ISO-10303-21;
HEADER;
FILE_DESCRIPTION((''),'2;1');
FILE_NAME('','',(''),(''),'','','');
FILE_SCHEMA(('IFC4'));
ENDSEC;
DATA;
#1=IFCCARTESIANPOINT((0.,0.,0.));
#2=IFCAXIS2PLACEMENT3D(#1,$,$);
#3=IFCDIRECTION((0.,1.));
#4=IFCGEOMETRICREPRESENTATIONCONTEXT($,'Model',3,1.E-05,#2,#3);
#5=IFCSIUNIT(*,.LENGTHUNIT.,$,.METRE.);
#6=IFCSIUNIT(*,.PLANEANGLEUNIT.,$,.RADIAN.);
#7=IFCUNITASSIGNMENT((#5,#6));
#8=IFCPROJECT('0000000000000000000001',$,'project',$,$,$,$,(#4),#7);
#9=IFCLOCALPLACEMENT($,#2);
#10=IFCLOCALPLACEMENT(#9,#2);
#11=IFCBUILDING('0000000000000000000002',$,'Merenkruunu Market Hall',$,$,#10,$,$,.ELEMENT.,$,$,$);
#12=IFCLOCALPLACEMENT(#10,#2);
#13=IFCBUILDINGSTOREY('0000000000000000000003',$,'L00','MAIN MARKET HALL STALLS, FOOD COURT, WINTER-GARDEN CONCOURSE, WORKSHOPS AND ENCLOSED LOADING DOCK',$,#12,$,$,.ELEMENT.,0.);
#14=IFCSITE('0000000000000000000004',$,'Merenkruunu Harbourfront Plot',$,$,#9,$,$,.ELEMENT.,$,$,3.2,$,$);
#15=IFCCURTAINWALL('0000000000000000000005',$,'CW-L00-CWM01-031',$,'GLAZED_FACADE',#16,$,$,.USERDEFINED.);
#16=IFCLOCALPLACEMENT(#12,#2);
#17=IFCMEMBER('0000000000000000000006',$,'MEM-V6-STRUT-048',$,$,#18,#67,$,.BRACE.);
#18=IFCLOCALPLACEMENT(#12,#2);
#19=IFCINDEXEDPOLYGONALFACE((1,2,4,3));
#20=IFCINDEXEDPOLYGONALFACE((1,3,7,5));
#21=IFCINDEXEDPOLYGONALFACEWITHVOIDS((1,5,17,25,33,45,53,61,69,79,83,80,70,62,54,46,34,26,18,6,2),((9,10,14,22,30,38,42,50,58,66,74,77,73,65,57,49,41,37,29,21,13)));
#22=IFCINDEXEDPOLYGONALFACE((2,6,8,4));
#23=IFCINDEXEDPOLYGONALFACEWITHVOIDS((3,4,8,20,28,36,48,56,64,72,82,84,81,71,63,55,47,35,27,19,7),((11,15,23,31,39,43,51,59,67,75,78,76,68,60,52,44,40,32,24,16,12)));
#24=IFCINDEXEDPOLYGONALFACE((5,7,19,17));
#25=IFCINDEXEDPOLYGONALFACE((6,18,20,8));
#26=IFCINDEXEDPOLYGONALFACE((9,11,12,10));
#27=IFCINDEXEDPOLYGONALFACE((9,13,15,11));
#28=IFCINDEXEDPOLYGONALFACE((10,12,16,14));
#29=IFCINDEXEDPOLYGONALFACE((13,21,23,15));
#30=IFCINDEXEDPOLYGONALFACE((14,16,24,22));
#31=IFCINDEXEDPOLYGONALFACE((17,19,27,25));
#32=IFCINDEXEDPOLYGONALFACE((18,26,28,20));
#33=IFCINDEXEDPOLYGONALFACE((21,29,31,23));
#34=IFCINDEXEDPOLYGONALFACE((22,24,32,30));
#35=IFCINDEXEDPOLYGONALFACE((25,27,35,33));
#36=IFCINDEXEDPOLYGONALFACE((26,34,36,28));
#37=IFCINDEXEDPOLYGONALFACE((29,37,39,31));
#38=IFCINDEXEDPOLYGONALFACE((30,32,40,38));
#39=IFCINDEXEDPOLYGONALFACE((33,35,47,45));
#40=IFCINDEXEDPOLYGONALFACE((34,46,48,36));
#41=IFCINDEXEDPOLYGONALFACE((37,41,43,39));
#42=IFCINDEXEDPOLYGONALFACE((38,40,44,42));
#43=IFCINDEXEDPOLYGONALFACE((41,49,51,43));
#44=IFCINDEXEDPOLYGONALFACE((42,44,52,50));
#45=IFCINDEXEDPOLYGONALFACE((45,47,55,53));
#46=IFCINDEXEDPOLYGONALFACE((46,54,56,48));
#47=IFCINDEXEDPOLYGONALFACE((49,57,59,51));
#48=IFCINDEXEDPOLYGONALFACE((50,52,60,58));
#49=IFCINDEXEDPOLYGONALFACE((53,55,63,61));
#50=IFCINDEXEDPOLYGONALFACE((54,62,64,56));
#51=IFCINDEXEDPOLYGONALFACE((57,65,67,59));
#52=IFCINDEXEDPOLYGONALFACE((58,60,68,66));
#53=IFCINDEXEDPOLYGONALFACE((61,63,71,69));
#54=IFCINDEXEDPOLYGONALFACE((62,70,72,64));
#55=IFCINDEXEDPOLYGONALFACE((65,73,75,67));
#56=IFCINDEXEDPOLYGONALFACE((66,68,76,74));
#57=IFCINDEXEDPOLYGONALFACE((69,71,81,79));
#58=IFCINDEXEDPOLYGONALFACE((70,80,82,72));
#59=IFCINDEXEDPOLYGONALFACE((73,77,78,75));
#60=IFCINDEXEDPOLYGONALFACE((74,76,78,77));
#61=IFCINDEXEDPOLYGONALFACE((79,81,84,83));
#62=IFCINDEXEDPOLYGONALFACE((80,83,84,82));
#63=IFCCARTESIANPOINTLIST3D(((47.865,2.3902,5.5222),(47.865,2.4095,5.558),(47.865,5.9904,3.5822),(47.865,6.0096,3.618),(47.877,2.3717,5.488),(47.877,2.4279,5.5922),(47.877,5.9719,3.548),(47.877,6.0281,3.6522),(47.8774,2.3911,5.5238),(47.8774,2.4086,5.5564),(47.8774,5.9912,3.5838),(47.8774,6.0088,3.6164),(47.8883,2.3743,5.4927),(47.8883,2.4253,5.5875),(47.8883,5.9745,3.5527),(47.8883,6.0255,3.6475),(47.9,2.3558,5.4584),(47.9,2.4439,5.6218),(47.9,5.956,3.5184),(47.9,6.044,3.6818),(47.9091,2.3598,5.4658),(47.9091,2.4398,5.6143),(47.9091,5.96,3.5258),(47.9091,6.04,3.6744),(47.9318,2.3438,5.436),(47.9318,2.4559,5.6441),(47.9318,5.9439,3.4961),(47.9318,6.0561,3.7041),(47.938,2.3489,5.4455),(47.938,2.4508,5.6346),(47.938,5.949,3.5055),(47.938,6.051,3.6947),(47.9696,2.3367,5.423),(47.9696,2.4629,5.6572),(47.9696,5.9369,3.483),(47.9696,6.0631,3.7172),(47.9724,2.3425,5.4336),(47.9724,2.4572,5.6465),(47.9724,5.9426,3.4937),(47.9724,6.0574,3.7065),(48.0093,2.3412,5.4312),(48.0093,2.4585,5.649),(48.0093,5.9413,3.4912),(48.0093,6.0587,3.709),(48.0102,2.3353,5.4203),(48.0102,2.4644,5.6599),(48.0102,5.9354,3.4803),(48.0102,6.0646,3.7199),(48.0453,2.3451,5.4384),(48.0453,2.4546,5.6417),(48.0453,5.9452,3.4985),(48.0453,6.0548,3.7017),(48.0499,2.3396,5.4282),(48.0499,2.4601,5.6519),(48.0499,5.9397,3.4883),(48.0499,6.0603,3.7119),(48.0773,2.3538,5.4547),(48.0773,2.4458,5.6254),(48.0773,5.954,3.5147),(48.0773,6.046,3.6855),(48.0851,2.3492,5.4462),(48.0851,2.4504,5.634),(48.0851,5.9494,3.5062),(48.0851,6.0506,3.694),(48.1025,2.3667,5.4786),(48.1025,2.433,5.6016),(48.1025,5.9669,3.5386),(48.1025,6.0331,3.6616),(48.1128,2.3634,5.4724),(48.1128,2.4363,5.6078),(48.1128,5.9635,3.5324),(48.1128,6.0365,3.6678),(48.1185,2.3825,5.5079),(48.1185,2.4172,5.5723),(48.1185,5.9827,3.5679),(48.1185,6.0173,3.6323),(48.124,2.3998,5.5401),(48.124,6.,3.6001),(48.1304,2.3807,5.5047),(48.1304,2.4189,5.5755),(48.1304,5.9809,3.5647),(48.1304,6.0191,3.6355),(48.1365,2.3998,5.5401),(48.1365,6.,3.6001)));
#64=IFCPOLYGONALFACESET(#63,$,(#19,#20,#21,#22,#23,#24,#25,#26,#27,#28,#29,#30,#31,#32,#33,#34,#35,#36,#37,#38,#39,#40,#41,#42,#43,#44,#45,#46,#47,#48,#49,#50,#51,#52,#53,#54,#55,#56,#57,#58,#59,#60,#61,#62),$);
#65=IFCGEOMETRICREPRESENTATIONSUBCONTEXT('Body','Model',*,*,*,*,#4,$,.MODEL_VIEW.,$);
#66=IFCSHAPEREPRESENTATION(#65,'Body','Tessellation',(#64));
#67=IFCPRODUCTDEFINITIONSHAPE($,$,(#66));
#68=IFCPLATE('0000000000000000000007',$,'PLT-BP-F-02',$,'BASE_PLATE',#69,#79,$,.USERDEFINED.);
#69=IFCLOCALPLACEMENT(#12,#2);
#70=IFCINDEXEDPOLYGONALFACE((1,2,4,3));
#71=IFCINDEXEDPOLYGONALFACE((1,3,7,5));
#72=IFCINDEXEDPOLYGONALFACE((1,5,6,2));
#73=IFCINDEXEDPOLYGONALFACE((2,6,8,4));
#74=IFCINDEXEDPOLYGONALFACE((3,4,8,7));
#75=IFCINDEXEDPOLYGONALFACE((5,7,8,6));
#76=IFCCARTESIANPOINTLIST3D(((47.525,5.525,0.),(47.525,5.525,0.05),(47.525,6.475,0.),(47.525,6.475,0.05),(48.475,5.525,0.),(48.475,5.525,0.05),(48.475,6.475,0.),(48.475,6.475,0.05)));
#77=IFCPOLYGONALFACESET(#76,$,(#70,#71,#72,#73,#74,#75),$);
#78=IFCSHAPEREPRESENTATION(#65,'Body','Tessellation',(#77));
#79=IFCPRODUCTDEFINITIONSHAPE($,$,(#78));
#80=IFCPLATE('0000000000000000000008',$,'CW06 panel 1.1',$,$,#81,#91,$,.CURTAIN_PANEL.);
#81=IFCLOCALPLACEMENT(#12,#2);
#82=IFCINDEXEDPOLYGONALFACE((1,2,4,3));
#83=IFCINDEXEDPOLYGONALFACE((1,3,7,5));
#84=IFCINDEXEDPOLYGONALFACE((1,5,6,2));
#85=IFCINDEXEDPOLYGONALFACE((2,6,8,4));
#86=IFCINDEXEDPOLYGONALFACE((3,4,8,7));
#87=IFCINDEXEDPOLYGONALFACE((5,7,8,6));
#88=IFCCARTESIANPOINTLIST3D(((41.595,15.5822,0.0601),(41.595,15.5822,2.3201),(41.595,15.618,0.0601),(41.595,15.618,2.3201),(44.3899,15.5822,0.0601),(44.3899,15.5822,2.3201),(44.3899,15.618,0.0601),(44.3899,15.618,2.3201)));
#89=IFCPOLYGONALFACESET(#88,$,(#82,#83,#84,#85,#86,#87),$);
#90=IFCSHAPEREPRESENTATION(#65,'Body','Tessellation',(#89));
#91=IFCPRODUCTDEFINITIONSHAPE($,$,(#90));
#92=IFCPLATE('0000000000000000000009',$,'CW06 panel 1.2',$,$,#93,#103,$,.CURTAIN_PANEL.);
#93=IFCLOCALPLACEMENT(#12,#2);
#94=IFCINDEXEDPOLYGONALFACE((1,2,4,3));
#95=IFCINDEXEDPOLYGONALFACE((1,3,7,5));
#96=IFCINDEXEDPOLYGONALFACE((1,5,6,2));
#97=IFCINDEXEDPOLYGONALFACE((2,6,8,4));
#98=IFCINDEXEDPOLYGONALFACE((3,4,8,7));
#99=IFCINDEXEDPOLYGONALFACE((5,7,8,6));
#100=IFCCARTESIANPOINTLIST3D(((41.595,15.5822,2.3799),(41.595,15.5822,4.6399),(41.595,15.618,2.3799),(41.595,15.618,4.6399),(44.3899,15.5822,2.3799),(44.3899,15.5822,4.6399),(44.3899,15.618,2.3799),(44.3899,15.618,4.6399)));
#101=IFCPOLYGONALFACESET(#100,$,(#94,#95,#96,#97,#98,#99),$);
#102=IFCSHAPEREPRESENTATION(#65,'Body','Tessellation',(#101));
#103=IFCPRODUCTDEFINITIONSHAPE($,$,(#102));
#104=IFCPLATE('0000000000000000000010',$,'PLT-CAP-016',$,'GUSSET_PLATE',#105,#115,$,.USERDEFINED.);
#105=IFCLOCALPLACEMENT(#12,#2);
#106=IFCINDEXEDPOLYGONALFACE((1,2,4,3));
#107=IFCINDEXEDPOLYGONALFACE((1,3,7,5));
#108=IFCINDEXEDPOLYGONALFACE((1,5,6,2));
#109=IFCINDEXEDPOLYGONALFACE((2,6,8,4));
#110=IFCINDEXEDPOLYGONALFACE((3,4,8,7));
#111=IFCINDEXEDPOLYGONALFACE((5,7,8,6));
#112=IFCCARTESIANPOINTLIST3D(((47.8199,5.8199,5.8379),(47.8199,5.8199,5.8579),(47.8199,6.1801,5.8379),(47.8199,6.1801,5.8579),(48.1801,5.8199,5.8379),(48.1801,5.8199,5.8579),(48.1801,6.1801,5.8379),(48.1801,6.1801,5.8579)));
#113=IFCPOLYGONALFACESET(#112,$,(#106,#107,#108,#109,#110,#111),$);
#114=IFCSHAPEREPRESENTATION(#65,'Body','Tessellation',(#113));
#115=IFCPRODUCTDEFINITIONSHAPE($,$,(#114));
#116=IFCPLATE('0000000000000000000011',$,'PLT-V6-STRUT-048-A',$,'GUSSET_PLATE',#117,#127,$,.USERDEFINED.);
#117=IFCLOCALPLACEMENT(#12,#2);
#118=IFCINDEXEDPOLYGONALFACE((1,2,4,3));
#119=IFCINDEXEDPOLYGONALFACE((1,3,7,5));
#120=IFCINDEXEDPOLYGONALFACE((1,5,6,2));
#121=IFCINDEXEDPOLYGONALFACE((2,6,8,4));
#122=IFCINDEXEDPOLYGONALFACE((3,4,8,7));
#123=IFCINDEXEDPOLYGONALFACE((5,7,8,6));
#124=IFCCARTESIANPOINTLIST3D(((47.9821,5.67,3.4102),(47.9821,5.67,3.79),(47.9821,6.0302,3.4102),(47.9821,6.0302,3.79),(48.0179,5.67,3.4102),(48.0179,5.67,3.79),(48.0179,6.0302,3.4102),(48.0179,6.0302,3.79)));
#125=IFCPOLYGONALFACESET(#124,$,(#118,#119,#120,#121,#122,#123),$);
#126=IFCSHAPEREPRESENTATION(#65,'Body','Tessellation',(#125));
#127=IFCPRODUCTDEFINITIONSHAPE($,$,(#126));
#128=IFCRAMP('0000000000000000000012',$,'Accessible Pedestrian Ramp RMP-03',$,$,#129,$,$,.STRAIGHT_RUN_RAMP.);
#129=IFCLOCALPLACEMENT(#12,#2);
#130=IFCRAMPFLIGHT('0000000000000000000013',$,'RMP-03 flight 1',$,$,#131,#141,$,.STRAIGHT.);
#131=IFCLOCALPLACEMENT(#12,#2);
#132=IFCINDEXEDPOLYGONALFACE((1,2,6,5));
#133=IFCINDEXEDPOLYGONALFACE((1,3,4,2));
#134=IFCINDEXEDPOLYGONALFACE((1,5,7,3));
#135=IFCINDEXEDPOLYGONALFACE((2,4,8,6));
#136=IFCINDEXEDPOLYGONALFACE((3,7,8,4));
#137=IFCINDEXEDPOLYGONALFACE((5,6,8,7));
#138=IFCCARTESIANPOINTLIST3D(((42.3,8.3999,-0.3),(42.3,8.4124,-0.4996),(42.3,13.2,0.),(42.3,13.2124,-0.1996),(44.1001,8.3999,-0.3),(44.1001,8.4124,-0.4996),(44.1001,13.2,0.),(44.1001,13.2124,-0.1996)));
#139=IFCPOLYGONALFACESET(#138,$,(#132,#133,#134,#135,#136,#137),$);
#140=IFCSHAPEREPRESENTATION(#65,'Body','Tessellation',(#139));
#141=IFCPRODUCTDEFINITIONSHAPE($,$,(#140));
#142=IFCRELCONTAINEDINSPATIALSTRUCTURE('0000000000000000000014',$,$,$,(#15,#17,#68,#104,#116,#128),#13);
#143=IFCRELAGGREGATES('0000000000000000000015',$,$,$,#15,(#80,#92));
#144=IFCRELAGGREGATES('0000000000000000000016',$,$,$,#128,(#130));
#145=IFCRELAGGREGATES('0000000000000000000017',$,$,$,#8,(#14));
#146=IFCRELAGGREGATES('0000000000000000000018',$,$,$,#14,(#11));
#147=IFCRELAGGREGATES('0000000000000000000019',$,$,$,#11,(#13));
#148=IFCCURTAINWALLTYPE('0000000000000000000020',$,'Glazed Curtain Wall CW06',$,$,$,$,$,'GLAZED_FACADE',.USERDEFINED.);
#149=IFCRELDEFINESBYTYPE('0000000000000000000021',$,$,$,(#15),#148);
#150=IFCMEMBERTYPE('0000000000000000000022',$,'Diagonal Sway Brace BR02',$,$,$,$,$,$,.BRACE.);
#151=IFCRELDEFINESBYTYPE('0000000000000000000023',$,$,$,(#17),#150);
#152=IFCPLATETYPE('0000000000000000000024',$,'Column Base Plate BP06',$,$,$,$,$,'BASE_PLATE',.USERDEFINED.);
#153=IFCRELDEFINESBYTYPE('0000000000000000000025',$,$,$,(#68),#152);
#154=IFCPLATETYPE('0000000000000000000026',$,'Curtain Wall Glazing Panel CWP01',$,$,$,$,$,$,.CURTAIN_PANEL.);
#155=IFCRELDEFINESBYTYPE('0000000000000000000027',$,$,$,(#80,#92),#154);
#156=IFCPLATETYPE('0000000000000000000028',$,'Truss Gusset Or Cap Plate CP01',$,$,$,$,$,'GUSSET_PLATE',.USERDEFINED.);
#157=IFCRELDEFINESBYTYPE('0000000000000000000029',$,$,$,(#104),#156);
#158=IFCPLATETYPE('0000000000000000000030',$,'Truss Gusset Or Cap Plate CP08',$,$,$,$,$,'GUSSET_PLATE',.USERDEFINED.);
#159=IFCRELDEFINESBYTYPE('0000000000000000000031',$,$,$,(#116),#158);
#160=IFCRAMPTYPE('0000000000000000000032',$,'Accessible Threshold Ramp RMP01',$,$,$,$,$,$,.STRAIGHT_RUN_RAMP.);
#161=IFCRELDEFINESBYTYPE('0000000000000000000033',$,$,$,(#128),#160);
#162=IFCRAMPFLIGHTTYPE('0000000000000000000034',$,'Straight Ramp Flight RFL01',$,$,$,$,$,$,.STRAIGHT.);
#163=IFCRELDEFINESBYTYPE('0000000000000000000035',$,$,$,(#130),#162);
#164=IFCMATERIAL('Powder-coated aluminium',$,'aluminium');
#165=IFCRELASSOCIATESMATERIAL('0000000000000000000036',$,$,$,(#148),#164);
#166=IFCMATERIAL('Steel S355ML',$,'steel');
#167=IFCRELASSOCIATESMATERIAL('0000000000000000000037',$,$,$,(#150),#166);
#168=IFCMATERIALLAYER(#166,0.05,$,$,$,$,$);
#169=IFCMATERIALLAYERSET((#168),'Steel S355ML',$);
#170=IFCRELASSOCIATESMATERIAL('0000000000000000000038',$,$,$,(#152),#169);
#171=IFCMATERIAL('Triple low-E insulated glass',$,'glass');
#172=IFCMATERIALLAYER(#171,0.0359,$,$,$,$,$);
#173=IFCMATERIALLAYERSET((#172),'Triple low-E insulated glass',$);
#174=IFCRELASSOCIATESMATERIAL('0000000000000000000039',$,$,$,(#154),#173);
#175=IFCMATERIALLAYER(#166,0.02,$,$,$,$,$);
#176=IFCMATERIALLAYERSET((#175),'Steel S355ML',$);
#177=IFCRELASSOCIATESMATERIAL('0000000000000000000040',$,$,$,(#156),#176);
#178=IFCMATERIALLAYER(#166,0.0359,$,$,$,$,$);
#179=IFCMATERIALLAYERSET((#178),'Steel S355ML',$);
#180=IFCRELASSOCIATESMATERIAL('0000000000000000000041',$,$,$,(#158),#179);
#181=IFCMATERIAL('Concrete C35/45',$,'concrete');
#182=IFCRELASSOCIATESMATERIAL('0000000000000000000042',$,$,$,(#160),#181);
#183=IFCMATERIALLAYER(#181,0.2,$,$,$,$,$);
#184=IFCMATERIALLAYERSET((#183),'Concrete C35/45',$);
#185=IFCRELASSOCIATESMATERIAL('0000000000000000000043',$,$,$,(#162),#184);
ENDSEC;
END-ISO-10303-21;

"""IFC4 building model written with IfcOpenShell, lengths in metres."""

from ifc_helpers import new_model, si_unit, direction, frame, origin, origin_2d, place, context, subcontext, project, spatial, polyline, rectangle, hollow_circle, outline, extrude, material, layer, layer_set, material_profile, profile_set, type_object, element, aggregate, save


model = new_model("IFC4")

# Units and contexts
model_context = context("Model", 3, precision=1e-05, world=origin(), true_north=direction((0.0, 1.0)))
body_context = subcontext(model_context, "Body", "Model", "MODEL_VIEW")
ifc_project = project(units=[si_unit("LENGTHUNIT", "METRE"), si_unit("PLANEANGLEUNIT", "RADIAN")], contexts=[model_context])

# Site, building, storey
site_placement = place(None, origin())
site = spatial("IfcSite", under=ifc_project, at=site_placement, Name="Merenkruunu Harbourfront Plot", CompositionType="ELEMENT", RefElevation=3.2)
building_placement = place(site_placement, origin())
building = spatial("IfcBuilding", under=site, at=building_placement, Name="Merenkruunu Market Hall", CompositionType="ELEMENT")
storey_placement = place(building_placement, origin())
storey = spatial("IfcBuildingStorey", under=building, at=storey_placement, Name="L00", Description="MAIN MARKET HALL STALLS, FOOD COURT, WINTER-GARDEN CONCOURSE, WORKSHOPS AND ENCLOSED LOADING DOCK", CompositionType="ELEMENT", Elevation=0.0)

# Shared definitions
ifc_material_1 = material(Name="Steel S355ML", Category="steel")

# Curtain wall
ifc_material_2 = material(Name="Powder-coated aluminium", Category="aluminium")
curtain_wall_type = type_object("IfcCurtainWallType", Name="Glazed Curtain Wall CW06", ElementType="GLAZED_FACADE", PredefinedType="USERDEFINED", material=ifc_material_2)
curtain_wall_placement = place(storey_placement, origin())
curtain_wall = element("IfcCurtainWall", 1, at=curtain_wall_placement, inside=storey, type_object=curtain_wall_type, Name="CW-L00-CWM01-031", ObjectType="GLAZED_FACADE", PredefinedType="USERDEFINED")

# Member
ifc_material_profile_1 = material_profile(ifc_material_1, hollow_circle(Radius=0.1365, WallThickness=0.0125, at=origin_2d()), Name="CHS 273x12.5")
ifc_profile_set_1 = profile_set([ifc_material_profile_1], Name="Steel S355ML")
member_type_1 = type_object("IfcMemberType", Name="Diagonal Sway Brace BR02", PredefinedType="BRACE", material=ifc_profile_set_1)
member_1_placement = place(storey_placement, frame((48.0, 6.0, 3.6001), z_axis=(0.0, -0.880325, 0.47437), x_axis=(1.0, 0.0, 0.0)))
element("IfcMember", 2, at=member_1_placement, inside=storey, type_object=member_type_1, Name="MEM-V6-STRUT-048", PredefinedType="BRACE", context=body_context, shape_type="SweptSolid", body=[
    extrude(hollow_circle(Radius=0.1365, WallThickness=0.0125, at=origin_2d()), origin(), (0.0, 0.0, 1.0), 4.0896),
])

# Plates
ifc_layer_1 = layer(ifc_material_1, 0.05)
ifc_layer_set_1 = layer_set([ifc_layer_1], Name="Steel S355ML")
plate_type_1 = type_object("IfcPlateType", Name="Column Base Plate BP06", ElementType="BASE_PLATE", PredefinedType="USERDEFINED", material=ifc_layer_set_1)
plate_1_placement = place(storey_placement, frame((48.0, 6.0, 0.0), z_axis=(0.0, 0.0, 1.0), x_axis=(1.0, 0.0, 0.0)))
element("IfcPlate", 3, at=plate_1_placement, inside=storey, type_object=plate_type_1, Name="PLT-BP-F-02", ObjectType="BASE_PLATE", PredefinedType="USERDEFINED", context=body_context, shape_type="SweptSolid", body=[
    extrude(rectangle(XDim=0.95, YDim=0.95, at=origin_2d()), origin(), (0.0, 0.0, 1.0), 0.05),
])
ifc_material_3 = material(Name="Triple low-E insulated glass", Category="glass")
ifc_layer_2 = layer(ifc_material_3, 0.0359)
ifc_layer_set_2 = layer_set([ifc_layer_2], Name="Triple low-E insulated glass")
plate_type_2 = type_object("IfcPlateType", Name="Curtain Wall Glazing Panel CWP01", PredefinedType="CURTAIN_PANEL", material=ifc_layer_set_2)
plate_2_placement = place(storey_placement, frame((42.9924, 15.6001, 0.0601), z_axis=(0.0, 0.0, 1.0), x_axis=(-1.0, 0.0, 0.0)))
plate_2 = element("IfcPlate", 4, at=plate_2_placement, type_object=plate_type_2, Name="CW06 panel 1.1", PredefinedType="CURTAIN_PANEL", context=body_context, shape_type="SweptSolid", body=[
    extrude(rectangle(XDim=2.7949, YDim=0.0359, at=origin_2d()), origin(), (0.0, 0.0, 1.0), 2.26),
])
plate_3_placement = place(storey_placement, frame((42.9924, 15.6001, 2.3799), z_axis=(0.0, 0.0, 1.0), x_axis=(-1.0, 0.0, 0.0)))
plate_3 = element("IfcPlate", 5, at=plate_3_placement, type_object=plate_type_2, Name="CW06 panel 1.2", PredefinedType="CURTAIN_PANEL", context=body_context, shape_type="SweptSolid", body=[
    extrude(rectangle(XDim=2.7949, YDim=0.0359, at=origin_2d()), origin(), (0.0, 0.0, 1.0), 2.26),
])
aggregate(curtain_wall, [plate_2, plate_3])

# Plates
ifc_layer_3 = layer(ifc_material_1, 0.02)
ifc_layer_set_3 = layer_set([ifc_layer_3], Name="Steel S355ML")
plate_type_3 = type_object("IfcPlateType", Name="Truss Gusset Or Cap Plate CP01", ElementType="GUSSET_PLATE", PredefinedType="USERDEFINED", material=ifc_layer_set_3)
plate_4_placement = place(storey_placement, frame((48.0, 6.0, 5.8379), z_axis=(0.0, 0.0, 1.0), x_axis=(1.0, 0.0, 0.0)))
element("IfcPlate", 6, at=plate_4_placement, inside=storey, type_object=plate_type_3, Name="PLT-CAP-016", ObjectType="GUSSET_PLATE", PredefinedType="USERDEFINED", context=body_context, shape_type="SweptSolid", body=[
    extrude(rectangle(XDim=0.3601, YDim=0.3601, at=origin_2d()), origin(), (0.0, 0.0, 1.0), 0.02),
])
ifc_layer_4 = layer(ifc_material_1, 0.0359)
ifc_layer_set_4 = layer_set([ifc_layer_4], Name="Steel S355ML")
plate_type_4 = type_object("IfcPlateType", Name="Truss Gusset Or Cap Plate CP08", ElementType="GUSSET_PLATE", PredefinedType="USERDEFINED", material=ifc_layer_set_4)
plate_5_placement = place(storey_placement, frame((48.0, 5.8501, 3.4102), z_axis=(0.0, 0.0, 1.0), x_axis=(1.0, 0.0, 0.0)))
element("IfcPlate", 7, at=plate_5_placement, inside=storey, type_object=plate_type_4, Name="PLT-V6-STRUT-048-A", ObjectType="GUSSET_PLATE", PredefinedType="USERDEFINED", context=body_context, shape_type="SweptSolid", body=[
    extrude(rectangle(XDim=0.0359, YDim=0.3601, at=origin_2d()), origin(), (0.0, 0.0, 1.0), 0.3799),
])

# Ramp, ramp flight
ifc_material_4 = material(Name="Concrete C35/45", Category="concrete")
ramp_type = type_object("IfcRampType", Name="Accessible Threshold Ramp RMP01", PredefinedType="STRAIGHT_RUN_RAMP", material=ifc_material_4)
ramp_placement = place(storey_placement, origin())
ramp = element("IfcRamp", 8, at=ramp_placement, inside=storey, type_object=ramp_type, Name="Accessible Pedestrian Ramp RMP-03", PredefinedType="STRAIGHT_RUN_RAMP")
ifc_layer_5 = layer(ifc_material_4, 0.2)
ifc_layer_set_5 = layer_set([ifc_layer_5], Name="Concrete C35/45")
ramp_flight_type = type_object("IfcRampFlightType", Name="Straight Ramp Flight RFL01", PredefinedType="STRAIGHT", material=ifc_layer_set_5)
ramp_flight_placement = place(storey_placement, frame((42.3, 8.3999, -0.3), z_axis=(0.0, -0.062388, 0.998052), x_axis=(1.0, 0.0, 0.0)))
ramp_flight = element("IfcRampFlight", 9, at=ramp_flight_placement, type_object=ramp_flight_type, Name="RMP-03 flight 1", PredefinedType="STRAIGHT", context=body_context, shape_type="SweptSolid", body=[
    extrude(outline(polyline([(0.0, 0.0), (1.8, 0.0), (1.8, 4.8094), (0.0, 4.8094), (0.0, 0.0)])), origin(), (0.0, 0.0, -1.0), 0.2),
])
aggregate(ramp, [ramp_flight])

save(model, "model.ifc")
